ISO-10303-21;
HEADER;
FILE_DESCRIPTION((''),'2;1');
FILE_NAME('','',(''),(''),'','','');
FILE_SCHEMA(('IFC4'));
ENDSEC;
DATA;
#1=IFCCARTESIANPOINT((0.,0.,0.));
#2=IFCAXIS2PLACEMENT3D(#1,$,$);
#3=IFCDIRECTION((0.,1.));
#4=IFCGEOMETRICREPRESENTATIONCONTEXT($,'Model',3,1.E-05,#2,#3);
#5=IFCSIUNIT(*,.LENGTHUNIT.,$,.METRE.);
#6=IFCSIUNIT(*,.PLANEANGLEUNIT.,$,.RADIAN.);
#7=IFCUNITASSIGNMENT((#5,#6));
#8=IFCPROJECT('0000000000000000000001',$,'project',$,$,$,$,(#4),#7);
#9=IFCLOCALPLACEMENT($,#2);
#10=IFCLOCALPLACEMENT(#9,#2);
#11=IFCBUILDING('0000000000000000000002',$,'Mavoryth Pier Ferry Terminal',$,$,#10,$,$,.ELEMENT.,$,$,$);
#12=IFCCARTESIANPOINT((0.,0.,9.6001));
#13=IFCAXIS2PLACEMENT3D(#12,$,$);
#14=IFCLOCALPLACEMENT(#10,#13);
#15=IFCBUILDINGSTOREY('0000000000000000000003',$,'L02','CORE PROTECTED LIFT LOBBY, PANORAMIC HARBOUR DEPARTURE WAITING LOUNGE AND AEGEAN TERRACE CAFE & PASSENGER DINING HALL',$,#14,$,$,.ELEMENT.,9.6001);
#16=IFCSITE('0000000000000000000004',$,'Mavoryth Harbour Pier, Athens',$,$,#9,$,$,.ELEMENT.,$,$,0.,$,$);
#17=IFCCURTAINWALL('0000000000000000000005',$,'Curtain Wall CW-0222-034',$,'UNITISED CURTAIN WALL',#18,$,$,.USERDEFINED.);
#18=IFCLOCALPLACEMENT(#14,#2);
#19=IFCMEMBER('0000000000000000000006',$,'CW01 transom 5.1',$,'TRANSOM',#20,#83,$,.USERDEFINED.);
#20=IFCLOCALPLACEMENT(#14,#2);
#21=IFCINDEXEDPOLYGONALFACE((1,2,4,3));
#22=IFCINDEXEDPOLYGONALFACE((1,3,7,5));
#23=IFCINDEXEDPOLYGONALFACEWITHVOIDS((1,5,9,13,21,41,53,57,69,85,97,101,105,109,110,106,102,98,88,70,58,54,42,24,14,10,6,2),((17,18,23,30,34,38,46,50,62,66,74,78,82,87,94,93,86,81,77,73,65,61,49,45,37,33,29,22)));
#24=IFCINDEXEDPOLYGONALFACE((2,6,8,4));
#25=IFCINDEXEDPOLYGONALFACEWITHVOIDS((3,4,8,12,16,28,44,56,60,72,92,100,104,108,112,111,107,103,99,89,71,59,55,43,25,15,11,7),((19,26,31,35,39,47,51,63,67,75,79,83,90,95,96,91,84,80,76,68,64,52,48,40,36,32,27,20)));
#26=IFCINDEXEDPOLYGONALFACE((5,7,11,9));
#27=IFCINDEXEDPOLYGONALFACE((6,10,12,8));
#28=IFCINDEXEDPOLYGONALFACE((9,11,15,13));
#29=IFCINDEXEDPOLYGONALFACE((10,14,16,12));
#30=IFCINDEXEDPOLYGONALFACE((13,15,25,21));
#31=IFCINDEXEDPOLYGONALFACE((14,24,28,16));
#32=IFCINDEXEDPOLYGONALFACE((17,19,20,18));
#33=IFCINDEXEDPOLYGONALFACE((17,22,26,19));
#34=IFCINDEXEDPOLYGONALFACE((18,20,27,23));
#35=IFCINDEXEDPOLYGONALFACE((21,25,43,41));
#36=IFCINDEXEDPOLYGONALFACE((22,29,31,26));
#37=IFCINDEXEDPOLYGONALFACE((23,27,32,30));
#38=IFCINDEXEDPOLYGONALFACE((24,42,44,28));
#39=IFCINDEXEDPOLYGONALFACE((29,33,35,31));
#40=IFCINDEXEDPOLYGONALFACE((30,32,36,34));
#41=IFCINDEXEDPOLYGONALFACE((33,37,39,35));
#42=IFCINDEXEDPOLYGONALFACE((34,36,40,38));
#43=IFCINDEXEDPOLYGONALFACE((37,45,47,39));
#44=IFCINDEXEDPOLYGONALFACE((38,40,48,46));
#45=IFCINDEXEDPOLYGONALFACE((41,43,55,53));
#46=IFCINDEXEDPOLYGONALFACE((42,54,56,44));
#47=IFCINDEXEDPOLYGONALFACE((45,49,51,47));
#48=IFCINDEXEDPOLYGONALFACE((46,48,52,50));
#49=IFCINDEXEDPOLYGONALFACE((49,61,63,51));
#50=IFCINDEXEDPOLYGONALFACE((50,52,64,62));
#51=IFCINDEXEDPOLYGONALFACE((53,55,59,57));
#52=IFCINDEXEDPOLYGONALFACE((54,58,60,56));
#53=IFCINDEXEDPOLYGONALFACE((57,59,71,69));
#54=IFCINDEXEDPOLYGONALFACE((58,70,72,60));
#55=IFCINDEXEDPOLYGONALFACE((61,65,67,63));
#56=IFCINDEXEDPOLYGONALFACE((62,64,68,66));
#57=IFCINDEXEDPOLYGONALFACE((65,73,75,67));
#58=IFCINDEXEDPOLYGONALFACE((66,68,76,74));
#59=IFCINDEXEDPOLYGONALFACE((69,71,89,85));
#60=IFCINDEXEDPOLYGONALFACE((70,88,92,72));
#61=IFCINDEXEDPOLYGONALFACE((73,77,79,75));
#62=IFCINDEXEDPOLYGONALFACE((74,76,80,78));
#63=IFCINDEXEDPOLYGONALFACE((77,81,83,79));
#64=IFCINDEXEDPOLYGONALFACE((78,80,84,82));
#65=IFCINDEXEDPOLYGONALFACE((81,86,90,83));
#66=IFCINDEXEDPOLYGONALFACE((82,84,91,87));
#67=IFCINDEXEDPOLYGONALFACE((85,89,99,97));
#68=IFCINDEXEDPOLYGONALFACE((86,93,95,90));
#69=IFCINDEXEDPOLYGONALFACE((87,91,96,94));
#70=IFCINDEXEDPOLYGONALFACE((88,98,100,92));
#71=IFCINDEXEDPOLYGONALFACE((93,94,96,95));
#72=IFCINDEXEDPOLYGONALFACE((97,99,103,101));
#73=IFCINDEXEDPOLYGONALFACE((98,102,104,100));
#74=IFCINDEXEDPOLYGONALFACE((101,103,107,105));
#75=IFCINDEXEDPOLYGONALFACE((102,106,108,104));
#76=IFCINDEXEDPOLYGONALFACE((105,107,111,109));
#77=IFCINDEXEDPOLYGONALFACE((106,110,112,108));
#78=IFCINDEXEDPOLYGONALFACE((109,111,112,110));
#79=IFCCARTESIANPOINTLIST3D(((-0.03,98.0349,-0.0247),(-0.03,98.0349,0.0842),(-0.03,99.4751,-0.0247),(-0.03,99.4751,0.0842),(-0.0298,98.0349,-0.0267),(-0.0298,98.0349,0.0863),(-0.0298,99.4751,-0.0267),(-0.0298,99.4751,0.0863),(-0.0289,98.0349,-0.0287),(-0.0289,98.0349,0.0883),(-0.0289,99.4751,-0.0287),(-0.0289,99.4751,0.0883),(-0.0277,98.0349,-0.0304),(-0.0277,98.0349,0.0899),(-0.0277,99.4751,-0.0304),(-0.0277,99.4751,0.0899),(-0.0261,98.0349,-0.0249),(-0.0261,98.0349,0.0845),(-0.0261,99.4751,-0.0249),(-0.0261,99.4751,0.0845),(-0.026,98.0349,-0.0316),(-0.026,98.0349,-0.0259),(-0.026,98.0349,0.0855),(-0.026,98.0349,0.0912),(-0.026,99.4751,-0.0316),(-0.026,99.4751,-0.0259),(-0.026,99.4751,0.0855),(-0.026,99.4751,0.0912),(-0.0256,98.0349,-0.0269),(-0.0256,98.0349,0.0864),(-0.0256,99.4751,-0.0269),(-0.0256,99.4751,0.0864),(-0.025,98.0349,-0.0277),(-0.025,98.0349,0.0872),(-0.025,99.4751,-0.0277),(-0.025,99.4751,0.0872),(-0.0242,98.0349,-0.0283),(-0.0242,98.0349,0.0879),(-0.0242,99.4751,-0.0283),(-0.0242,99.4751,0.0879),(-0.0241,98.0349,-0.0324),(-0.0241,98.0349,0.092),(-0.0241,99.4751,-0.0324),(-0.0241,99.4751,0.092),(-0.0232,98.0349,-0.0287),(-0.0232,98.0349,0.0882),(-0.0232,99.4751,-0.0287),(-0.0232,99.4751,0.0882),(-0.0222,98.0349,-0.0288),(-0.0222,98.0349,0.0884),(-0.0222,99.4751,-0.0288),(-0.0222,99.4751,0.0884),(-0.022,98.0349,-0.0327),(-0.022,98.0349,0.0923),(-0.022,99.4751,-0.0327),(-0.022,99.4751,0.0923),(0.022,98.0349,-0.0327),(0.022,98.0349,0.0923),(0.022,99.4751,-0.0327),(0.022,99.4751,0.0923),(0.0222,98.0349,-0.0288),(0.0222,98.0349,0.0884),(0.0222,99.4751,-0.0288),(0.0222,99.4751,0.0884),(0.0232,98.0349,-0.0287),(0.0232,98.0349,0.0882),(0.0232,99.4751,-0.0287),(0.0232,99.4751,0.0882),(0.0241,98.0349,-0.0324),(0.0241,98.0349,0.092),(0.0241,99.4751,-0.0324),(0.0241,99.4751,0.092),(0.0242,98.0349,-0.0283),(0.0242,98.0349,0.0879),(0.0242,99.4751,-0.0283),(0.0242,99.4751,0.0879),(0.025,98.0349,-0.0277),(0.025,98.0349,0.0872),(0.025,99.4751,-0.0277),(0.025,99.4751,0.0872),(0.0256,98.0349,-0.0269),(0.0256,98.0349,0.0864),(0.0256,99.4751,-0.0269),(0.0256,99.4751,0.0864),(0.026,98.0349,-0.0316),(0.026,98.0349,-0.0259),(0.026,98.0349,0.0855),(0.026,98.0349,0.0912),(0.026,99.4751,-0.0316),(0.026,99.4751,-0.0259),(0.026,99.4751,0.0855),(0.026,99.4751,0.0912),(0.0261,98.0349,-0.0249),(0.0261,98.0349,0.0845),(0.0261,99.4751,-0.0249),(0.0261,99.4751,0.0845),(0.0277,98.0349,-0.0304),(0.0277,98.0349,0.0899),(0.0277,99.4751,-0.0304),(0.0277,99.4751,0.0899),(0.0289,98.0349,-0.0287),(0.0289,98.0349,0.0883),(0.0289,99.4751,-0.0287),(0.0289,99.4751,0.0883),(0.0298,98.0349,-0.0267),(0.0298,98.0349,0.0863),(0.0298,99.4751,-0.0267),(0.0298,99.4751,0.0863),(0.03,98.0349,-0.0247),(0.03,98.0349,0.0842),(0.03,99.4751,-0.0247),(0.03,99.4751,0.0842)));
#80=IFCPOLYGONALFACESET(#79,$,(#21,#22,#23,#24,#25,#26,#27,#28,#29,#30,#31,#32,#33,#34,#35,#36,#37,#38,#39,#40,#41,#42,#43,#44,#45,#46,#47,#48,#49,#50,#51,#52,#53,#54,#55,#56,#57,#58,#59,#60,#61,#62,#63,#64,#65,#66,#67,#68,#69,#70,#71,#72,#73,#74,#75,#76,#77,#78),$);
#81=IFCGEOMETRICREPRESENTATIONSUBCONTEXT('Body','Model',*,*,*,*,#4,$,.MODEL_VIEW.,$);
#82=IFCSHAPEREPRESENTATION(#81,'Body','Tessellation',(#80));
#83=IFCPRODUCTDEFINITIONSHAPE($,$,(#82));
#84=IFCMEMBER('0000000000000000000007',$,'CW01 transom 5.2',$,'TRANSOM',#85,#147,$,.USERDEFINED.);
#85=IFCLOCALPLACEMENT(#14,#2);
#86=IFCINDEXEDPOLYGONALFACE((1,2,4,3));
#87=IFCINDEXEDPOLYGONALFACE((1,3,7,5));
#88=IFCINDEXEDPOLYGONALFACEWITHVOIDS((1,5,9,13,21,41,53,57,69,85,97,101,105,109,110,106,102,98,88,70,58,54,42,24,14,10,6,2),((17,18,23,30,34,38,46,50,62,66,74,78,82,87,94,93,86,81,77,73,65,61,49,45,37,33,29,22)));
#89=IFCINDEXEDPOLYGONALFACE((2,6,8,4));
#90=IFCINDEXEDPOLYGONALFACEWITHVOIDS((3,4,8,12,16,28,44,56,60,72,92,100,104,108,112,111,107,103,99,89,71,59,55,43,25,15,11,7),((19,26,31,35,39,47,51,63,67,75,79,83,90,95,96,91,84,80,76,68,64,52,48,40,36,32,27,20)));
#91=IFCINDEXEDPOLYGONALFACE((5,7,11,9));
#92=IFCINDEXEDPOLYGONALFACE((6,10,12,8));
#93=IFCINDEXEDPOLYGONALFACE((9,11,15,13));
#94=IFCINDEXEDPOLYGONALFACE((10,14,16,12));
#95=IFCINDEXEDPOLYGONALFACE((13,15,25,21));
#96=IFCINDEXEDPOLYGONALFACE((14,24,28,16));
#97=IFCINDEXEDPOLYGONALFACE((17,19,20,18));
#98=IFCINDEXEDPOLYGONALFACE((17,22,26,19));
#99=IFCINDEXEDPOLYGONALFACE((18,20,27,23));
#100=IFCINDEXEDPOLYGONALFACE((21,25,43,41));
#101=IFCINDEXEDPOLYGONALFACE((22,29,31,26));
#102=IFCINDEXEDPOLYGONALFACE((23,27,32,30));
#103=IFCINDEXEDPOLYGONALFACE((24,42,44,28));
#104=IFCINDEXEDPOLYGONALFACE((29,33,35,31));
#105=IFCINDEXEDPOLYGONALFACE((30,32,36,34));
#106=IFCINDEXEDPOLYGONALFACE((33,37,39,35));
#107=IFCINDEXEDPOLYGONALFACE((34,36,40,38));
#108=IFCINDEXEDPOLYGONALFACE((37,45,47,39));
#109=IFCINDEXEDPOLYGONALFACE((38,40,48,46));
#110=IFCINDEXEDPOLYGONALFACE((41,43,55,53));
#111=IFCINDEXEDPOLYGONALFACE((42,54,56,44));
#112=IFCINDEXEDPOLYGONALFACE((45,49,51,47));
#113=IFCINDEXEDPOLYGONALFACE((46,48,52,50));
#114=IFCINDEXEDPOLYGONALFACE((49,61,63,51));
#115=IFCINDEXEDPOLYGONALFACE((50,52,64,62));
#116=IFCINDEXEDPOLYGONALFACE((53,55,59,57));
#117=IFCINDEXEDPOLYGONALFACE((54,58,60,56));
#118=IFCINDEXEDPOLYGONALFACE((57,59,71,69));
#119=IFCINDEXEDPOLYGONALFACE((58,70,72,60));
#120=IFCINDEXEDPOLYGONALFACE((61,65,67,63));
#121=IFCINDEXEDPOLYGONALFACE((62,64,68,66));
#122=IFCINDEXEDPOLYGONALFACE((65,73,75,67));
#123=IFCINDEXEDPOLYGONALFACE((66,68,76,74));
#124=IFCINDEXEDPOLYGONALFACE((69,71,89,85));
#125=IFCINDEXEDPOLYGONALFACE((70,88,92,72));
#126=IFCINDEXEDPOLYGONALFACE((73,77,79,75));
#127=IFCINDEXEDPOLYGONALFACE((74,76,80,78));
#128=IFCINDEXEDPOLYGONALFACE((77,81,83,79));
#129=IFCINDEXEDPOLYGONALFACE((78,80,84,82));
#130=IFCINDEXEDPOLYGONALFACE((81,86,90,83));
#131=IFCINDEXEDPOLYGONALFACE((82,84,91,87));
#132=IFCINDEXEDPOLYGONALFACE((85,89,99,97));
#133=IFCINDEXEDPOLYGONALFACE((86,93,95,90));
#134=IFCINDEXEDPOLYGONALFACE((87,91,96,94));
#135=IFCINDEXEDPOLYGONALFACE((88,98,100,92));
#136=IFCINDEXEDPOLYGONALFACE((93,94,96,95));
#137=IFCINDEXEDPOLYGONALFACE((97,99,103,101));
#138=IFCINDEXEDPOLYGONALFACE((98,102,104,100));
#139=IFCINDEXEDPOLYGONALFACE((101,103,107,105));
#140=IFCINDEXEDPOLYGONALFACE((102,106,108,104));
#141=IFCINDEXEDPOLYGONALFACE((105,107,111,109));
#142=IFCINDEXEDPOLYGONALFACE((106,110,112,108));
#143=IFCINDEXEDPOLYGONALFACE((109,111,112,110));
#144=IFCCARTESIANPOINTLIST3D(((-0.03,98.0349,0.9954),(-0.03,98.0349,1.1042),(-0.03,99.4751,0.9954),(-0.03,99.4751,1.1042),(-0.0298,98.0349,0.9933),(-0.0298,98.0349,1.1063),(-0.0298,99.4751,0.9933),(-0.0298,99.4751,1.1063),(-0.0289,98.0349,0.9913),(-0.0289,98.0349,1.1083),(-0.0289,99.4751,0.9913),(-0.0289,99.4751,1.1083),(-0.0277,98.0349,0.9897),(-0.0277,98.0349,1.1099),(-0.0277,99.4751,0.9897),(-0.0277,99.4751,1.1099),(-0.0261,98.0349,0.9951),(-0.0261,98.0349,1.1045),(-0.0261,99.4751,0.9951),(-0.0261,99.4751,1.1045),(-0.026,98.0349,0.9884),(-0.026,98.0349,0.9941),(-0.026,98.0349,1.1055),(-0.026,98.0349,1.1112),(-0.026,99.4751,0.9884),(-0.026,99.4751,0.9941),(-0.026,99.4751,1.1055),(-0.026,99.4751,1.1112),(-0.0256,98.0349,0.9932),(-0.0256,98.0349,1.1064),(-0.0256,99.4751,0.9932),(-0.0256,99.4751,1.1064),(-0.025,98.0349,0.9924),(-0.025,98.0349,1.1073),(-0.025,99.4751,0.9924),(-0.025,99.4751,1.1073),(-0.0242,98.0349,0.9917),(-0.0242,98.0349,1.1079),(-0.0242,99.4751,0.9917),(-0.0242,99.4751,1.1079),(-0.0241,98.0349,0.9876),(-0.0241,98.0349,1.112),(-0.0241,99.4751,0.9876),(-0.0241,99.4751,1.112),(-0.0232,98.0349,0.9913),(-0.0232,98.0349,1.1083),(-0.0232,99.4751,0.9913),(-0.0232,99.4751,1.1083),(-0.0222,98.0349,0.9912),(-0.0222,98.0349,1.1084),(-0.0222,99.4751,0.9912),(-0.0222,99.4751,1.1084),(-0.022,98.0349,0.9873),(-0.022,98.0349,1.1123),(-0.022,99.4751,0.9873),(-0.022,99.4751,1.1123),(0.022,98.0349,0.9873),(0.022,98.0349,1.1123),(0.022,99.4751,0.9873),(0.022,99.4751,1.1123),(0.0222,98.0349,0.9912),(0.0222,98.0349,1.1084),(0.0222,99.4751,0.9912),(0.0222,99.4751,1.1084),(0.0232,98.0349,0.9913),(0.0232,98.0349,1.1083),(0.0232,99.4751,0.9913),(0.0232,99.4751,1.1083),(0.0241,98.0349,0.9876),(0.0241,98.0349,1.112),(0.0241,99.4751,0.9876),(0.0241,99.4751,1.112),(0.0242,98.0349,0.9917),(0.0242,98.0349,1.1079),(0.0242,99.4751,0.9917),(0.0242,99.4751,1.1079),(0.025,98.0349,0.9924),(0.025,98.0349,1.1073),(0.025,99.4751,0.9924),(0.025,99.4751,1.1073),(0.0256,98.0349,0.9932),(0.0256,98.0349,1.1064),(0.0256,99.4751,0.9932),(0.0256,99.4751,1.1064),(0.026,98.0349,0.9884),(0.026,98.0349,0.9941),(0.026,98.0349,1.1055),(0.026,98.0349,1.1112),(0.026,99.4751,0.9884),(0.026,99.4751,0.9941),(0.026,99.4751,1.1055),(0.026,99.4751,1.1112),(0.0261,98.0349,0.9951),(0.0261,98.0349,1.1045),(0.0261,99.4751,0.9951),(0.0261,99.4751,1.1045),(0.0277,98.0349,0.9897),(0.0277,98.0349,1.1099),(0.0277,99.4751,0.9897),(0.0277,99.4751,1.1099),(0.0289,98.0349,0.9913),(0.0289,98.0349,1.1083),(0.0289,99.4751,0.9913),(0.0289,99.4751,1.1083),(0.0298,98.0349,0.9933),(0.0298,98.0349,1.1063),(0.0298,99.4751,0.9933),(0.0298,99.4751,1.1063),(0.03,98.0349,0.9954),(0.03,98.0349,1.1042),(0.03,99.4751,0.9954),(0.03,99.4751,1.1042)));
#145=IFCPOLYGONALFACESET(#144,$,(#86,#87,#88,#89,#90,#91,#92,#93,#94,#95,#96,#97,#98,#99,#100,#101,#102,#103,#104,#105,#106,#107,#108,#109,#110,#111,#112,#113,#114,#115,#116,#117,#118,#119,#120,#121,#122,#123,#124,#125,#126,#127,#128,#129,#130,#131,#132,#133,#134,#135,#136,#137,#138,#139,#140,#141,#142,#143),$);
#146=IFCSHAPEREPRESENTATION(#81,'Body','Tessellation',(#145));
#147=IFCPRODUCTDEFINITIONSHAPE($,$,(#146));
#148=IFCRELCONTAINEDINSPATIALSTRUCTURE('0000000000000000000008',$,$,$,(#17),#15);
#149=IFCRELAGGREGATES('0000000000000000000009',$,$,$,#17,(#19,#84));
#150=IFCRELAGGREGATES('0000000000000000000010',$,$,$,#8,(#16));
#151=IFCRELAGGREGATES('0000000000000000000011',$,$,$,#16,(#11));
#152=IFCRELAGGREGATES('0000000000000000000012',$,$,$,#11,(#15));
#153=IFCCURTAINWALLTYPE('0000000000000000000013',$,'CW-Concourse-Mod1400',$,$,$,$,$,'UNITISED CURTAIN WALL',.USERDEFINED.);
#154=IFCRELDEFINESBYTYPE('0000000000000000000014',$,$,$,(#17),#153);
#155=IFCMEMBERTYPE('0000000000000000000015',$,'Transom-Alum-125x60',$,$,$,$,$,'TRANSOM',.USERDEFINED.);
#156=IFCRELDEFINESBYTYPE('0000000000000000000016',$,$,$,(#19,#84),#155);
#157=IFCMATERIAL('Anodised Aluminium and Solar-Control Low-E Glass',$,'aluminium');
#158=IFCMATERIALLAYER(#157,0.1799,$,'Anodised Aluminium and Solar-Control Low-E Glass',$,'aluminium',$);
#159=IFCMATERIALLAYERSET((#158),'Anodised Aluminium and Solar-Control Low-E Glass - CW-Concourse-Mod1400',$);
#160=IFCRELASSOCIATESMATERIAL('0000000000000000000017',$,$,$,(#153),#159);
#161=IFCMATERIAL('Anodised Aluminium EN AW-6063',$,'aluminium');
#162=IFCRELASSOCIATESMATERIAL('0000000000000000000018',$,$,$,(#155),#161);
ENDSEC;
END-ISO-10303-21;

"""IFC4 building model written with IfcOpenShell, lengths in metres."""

from ifc_helpers import new_model, si_unit, direction, frame, origin, origin_2d, place, context, subcontext, project, spatial, hollow_rectangle, extrude, material, layer, layer_set, material_profile, profile_set, type_object, element, aggregate, save


model = new_model("IFC4")

# Units and contexts
model_context = context("Model", 3, precision=1e-05, world=origin(), true_north=direction((0.0, 1.0)))
body_context = subcontext(model_context, "Body", "Model", "MODEL_VIEW")
ifc_project = project(units=[si_unit("LENGTHUNIT", "METRE"), si_unit("PLANEANGLEUNIT", "RADIAN")], contexts=[model_context])

# Site, building, storey
site_placement = place(None, origin())
site = spatial("IfcSite", under=ifc_project, at=site_placement, Name="Mavoryth Harbour Pier, Athens", CompositionType="ELEMENT", RefElevation=0.0)
building_placement = place(site_placement, origin())
building = spatial("IfcBuilding", under=site, at=building_placement, Name="Mavoryth Pier Ferry Terminal", CompositionType="ELEMENT")
storey_placement = place(building_placement, frame((0.0, 0.0, 9.6001)))
storey = spatial("IfcBuildingStorey", under=building, at=storey_placement, Name="L02", Description="CORE PROTECTED LIFT LOBBY, PANORAMIC HARBOUR DEPARTURE WAITING LOUNGE AND AEGEAN TERRACE CAFE & PASSENGER DINING HALL", CompositionType="ELEMENT", Elevation=9.6001)

# Curtain wall
ifc_material_1 = material(Name="Anodised Aluminium and Solar-Control Low-E Glass", Category="aluminium")
ifc_layer_1 = layer(ifc_material_1, 0.1799, Name="Anodised Aluminium and Solar-Control Low-E Glass", Category="aluminium")
ifc_layer_set_1 = layer_set([ifc_layer_1], Name="Anodised Aluminium and Solar-Control Low-E Glass - CW-Concourse-Mod1400")
curtain_wall_type = type_object("IfcCurtainWallType", Name="CW-Concourse-Mod1400", ElementType="UNITISED CURTAIN WALL", PredefinedType="USERDEFINED", material=ifc_layer_set_1)
curtain_wall_placement = place(storey_placement, origin())
curtain_wall = element("IfcCurtainWall", 1, at=curtain_wall_placement, inside=storey, type_object=curtain_wall_type, Name="Curtain Wall CW-0222-034", ObjectType="UNITISED CURTAIN WALL", PredefinedType="USERDEFINED")
ifc_material_2 = material(Name="Anodised Aluminium EN AW-6063", Category="aluminium")

# Members
ifc_material_profile_1 = material_profile(ifc_material_2, hollow_rectangle(XDim=0.0601, YDim=0.125, WallThickness=0.0039, InnerFilletRadius=0.0039, OuterFilletRadius=0.0081, at=origin_2d()), Name="AL-TRAN 125x60x4", Category="aluminium")
ifc_profile_set_1 = profile_set([ifc_material_profile_1], Name="Anodised Aluminium EN AW-6063 - AL-TRAN 125x60x4")
member_type_1 = type_object("IfcMemberType", Name="Transom-Alum-125x60", ElementType="TRANSOM", PredefinedType="USERDEFINED", material=ifc_profile_set_1)
member_1_placement = place(storey_placement, frame((0.0, 99.4751, 0.0298), z_axis=(0.0, -1.0, 0.0), x_axis=(1.0, 0.0, 0.0)))
member_1 = element("IfcMember", 2, at=member_1_placement, type_object=member_type_1, Name="CW01 transom 5.1", ObjectType="TRANSOM", PredefinedType="USERDEFINED", context=body_context, shape_type="SweptSolid", body=[
    extrude(hollow_rectangle(XDim=0.0601, YDim=0.125, WallThickness=0.0039, InnerFilletRadius=0.0039, OuterFilletRadius=0.0081, at=origin_2d()), origin(), (0.0, 0.0, 1.0), 1.4402),
])
member_2_placement = place(storey_placement, frame((0.0, 99.4751, 1.0498), z_axis=(0.0, -1.0, 0.0), x_axis=(1.0, 0.0, 0.0)))
member_2 = element("IfcMember", 3, at=member_2_placement, type_object=member_type_1, Name="CW01 transom 5.2", ObjectType="TRANSOM", PredefinedType="USERDEFINED", context=body_context, shape_type="SweptSolid", body=[
    extrude(hollow_rectangle(XDim=0.0601, YDim=0.125, WallThickness=0.0039, InnerFilletRadius=0.0039, OuterFilletRadius=0.0081, at=origin_2d()), origin(), (0.0, 0.0, 1.0), 1.4402),
])

aggregate(curtain_wall, [member_1, member_2])

save(model, "model.ifc")
